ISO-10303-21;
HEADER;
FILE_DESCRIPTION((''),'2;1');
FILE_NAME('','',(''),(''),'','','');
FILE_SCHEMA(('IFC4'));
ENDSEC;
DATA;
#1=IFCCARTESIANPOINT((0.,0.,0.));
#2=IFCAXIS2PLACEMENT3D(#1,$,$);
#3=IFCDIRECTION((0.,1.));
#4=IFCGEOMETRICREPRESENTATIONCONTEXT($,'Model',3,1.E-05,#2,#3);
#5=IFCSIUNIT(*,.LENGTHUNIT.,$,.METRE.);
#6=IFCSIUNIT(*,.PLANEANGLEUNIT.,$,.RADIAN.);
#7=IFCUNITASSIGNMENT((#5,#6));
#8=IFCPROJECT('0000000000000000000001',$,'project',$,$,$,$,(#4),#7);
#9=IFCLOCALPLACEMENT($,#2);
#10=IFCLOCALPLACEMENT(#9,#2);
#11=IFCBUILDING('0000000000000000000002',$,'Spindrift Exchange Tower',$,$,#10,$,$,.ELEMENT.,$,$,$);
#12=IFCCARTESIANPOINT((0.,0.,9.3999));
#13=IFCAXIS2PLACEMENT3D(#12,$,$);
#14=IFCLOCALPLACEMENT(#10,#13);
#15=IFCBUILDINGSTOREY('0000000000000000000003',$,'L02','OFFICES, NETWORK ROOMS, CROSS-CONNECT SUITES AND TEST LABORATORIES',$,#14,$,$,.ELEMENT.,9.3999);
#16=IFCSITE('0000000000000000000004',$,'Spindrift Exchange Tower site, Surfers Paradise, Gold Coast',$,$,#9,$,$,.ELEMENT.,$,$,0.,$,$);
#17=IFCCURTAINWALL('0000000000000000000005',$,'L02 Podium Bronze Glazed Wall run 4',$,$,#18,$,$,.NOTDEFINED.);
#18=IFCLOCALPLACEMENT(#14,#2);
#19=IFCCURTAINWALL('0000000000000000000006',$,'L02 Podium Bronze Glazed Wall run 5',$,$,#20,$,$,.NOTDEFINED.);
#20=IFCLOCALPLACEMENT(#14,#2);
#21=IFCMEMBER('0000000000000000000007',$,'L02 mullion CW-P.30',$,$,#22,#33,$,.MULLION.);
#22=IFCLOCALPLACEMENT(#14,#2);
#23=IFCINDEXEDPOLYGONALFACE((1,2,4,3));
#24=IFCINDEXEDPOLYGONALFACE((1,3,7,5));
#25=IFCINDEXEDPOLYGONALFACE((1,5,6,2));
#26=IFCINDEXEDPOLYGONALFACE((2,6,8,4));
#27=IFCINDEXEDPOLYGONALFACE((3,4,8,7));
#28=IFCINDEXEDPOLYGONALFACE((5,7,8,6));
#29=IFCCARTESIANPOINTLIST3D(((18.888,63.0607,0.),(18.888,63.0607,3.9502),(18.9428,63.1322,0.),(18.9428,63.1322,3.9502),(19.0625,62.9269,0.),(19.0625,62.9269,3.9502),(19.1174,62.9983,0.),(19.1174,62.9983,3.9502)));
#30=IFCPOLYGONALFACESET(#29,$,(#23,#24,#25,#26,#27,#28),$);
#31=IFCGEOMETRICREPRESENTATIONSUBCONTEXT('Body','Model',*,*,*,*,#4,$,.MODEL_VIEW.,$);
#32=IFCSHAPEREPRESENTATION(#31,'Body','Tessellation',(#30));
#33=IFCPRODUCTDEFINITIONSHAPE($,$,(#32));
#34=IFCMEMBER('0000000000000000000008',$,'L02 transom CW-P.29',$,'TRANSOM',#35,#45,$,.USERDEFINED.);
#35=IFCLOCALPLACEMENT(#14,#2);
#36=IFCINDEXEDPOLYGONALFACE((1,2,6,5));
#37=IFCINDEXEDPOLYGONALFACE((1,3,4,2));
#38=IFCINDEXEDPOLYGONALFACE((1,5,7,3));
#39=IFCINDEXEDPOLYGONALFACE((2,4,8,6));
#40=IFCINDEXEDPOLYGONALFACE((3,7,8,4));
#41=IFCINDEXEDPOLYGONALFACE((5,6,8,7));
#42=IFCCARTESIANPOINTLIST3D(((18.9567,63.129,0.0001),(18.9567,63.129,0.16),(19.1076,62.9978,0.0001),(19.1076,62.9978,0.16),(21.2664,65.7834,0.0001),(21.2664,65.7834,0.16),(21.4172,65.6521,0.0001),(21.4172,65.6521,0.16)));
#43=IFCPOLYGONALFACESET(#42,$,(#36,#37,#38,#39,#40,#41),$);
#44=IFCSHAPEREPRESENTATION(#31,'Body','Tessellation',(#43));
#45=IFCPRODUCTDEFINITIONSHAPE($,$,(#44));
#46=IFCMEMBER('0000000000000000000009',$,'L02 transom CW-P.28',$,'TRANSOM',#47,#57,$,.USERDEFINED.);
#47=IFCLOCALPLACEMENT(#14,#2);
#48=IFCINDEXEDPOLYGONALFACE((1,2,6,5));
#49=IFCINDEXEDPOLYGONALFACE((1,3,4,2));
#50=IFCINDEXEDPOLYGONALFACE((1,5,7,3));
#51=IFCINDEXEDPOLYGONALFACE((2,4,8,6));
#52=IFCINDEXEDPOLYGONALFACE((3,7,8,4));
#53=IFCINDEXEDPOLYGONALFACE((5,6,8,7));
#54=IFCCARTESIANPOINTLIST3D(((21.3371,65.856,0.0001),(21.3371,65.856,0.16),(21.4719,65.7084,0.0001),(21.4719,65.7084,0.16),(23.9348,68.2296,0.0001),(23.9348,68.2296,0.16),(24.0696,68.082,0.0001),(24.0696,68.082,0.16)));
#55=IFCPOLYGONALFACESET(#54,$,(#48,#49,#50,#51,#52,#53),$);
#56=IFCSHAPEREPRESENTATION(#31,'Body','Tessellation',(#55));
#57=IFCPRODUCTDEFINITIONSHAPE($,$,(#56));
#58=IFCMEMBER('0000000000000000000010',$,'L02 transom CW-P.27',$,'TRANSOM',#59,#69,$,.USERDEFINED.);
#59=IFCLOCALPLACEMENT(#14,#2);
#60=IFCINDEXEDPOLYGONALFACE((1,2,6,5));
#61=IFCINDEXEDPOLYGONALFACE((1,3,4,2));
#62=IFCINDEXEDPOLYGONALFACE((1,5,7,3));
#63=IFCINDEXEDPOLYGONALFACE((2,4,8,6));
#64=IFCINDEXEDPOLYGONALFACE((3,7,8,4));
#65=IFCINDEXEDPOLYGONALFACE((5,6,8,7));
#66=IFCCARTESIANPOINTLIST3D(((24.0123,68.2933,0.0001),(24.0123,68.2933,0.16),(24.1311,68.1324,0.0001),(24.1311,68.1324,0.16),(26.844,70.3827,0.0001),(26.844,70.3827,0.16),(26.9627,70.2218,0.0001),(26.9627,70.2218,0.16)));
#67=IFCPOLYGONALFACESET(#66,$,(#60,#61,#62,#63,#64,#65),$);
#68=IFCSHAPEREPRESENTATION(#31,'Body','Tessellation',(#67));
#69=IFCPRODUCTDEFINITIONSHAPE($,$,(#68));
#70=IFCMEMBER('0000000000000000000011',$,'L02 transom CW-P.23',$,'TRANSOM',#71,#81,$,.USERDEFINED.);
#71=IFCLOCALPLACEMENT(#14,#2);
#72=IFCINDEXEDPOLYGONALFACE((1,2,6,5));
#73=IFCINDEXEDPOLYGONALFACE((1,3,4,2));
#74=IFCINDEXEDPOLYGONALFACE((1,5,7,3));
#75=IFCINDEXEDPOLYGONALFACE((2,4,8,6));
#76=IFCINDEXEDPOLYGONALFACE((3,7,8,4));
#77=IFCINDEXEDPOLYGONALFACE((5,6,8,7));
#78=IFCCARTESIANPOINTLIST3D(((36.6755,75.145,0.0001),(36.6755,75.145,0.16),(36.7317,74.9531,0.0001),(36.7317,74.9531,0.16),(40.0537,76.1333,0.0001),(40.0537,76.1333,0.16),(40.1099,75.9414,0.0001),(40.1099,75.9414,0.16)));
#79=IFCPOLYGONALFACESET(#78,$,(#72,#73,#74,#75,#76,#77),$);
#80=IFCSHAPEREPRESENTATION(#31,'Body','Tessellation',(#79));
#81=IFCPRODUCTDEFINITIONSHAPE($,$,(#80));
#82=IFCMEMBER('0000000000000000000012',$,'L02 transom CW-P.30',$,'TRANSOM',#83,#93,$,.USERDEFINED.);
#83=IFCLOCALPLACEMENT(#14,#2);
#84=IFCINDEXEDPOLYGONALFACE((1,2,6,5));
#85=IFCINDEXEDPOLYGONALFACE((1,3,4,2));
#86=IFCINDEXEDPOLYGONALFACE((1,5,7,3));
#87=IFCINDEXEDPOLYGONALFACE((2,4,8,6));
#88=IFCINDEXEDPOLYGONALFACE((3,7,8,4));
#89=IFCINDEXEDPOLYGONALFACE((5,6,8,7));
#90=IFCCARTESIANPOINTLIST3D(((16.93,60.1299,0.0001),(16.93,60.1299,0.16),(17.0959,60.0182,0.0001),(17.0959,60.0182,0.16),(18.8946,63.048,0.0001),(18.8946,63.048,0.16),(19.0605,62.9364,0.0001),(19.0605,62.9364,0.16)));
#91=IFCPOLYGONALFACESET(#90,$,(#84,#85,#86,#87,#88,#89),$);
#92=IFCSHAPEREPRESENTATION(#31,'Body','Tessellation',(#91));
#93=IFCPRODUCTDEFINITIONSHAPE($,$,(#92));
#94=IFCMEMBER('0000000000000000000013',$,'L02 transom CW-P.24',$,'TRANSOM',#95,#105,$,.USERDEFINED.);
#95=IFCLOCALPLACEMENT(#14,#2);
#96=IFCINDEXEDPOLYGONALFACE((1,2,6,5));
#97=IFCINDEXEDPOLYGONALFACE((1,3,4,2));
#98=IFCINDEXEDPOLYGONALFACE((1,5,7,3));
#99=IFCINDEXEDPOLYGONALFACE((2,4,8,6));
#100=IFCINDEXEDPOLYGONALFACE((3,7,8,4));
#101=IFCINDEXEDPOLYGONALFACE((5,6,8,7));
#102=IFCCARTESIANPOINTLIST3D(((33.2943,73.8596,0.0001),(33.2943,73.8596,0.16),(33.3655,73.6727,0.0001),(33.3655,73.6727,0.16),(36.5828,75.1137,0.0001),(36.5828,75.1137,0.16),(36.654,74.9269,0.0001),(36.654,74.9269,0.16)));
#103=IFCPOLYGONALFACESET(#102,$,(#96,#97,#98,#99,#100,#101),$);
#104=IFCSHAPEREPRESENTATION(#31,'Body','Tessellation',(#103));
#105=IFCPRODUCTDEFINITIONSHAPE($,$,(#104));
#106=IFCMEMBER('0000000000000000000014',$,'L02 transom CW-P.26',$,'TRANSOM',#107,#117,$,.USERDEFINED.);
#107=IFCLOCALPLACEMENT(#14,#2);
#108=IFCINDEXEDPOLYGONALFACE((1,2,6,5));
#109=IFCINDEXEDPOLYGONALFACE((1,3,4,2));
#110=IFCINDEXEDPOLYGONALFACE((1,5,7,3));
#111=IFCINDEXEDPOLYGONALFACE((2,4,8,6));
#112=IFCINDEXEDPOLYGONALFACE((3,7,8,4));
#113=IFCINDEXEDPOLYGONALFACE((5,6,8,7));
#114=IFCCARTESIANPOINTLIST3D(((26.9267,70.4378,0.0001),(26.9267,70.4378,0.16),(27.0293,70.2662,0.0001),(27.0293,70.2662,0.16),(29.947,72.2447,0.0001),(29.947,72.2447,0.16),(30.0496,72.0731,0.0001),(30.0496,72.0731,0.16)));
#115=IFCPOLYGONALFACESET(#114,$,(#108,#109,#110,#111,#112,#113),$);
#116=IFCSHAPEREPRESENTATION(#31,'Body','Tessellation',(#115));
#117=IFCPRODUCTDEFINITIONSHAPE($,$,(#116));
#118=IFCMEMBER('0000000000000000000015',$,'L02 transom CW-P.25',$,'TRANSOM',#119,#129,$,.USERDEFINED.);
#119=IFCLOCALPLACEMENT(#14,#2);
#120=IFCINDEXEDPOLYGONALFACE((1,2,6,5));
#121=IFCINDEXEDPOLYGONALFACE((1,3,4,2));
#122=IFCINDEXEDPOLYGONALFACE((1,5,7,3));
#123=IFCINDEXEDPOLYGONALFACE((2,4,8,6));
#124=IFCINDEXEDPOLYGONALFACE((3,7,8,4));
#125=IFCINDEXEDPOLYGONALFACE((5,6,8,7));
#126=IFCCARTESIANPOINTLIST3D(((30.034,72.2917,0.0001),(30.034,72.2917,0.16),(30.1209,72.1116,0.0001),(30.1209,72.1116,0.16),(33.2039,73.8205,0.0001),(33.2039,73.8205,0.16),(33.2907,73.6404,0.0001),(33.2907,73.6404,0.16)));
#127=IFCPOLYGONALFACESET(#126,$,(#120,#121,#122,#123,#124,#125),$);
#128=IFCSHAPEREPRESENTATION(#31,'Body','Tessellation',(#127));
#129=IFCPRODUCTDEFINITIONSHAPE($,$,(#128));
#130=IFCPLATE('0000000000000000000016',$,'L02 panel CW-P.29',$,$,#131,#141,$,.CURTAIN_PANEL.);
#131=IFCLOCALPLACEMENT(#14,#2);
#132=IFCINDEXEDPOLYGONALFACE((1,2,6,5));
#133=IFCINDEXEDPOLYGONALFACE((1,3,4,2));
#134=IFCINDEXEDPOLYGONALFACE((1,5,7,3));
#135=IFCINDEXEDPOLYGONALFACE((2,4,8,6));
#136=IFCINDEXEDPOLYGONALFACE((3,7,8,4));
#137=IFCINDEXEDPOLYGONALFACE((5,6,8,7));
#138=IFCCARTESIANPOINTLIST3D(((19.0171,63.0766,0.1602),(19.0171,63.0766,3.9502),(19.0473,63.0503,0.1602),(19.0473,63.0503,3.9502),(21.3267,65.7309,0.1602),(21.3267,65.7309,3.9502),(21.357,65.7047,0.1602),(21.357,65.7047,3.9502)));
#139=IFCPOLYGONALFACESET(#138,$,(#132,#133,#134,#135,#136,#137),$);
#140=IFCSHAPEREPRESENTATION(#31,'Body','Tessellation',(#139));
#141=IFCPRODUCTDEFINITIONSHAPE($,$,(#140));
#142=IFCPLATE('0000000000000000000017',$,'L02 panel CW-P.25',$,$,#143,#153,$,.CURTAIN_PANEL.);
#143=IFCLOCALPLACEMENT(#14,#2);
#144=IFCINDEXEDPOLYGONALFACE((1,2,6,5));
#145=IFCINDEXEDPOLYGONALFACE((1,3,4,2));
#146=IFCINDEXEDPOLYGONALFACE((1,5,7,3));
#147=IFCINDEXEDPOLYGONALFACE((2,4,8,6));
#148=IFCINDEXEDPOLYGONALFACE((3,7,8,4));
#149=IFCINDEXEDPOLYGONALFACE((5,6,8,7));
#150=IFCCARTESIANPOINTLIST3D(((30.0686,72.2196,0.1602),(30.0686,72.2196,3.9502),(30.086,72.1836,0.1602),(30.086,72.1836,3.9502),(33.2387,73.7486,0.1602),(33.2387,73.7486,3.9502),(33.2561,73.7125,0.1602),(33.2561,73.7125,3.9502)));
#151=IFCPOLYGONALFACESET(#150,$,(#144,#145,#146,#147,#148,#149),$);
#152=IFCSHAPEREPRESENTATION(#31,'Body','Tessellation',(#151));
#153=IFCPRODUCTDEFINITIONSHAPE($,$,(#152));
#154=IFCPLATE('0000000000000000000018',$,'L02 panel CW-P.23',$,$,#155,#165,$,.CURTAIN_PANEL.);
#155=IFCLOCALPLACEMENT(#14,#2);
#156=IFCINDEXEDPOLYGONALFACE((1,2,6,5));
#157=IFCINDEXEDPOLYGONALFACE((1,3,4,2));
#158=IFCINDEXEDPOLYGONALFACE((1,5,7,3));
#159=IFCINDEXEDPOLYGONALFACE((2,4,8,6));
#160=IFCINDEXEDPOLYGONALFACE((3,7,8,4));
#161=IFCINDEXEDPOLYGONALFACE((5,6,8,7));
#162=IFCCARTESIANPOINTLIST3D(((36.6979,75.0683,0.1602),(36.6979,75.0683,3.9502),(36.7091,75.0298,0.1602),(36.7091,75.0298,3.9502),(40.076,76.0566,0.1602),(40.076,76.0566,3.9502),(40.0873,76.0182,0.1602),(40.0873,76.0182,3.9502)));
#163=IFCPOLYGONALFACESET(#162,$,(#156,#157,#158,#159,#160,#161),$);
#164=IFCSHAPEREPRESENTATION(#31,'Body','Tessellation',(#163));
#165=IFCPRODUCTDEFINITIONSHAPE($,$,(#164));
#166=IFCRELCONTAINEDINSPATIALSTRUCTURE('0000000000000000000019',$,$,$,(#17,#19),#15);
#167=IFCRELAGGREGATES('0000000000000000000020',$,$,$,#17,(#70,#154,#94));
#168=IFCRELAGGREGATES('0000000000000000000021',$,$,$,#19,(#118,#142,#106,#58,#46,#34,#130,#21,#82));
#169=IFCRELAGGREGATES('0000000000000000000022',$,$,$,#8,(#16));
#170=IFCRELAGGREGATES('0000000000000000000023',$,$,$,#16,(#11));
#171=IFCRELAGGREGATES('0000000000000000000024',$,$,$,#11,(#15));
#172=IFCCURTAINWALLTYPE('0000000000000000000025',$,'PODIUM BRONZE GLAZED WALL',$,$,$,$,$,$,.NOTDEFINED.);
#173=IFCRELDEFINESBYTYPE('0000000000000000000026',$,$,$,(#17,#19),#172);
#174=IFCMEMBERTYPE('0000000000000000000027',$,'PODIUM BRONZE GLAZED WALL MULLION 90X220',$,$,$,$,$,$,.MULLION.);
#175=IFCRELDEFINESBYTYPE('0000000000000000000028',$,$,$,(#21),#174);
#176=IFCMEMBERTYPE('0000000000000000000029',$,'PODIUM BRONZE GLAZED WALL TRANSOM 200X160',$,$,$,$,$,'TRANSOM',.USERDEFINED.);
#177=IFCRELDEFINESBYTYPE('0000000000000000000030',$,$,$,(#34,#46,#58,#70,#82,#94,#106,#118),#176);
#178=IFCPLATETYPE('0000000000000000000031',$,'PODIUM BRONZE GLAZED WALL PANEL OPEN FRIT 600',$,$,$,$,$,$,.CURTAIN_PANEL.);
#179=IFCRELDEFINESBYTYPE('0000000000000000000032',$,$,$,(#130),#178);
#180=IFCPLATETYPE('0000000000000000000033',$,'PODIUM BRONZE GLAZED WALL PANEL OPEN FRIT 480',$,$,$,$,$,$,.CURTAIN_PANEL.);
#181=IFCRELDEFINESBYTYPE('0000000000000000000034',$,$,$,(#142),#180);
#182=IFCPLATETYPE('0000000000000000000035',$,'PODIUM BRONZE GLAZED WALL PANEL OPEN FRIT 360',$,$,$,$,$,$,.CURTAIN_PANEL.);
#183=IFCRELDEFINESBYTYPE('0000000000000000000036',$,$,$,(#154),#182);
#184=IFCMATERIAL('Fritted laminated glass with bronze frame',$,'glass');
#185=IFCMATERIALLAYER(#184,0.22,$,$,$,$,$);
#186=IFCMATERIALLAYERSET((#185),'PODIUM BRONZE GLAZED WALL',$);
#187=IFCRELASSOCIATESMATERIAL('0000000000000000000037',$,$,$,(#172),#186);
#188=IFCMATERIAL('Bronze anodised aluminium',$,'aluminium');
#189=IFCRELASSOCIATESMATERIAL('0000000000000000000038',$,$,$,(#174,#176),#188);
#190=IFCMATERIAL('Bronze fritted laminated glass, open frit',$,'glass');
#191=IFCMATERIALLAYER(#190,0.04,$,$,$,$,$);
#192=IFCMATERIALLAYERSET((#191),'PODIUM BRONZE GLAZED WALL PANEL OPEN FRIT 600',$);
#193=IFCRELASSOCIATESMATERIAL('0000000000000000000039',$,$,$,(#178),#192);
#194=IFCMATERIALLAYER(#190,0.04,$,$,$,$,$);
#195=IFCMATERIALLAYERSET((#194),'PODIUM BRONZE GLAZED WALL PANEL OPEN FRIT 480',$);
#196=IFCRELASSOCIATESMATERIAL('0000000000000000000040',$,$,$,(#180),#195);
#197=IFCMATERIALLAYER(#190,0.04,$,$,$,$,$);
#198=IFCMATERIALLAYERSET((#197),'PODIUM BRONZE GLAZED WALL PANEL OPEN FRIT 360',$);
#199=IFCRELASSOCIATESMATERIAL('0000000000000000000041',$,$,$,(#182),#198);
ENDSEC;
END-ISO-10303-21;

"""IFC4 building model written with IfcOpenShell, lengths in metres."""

from ifc_helpers import new_model, si_unit, direction, frame, origin, origin_2d, place, context, subcontext, project, spatial, rectangle, extrude, source, transform, mapped, material, layer, layer_set, material_profile, profile_set, type_object, element, aggregate, save


model = new_model("IFC4")

# Units and contexts
model_context = context("Model", 3, precision=1e-05, world=origin(), true_north=direction((0.0, 1.0)))
body_context = subcontext(model_context, "Body", "Model", "MODEL_VIEW")
ifc_project = project(units=[si_unit("LENGTHUNIT", "METRE"), si_unit("PLANEANGLEUNIT", "RADIAN")], contexts=[model_context])

# Site, building, storey
site_placement = place(None, origin())
site = spatial("IfcSite", under=ifc_project, at=site_placement, Name="Spindrift Exchange Tower site, Surfers Paradise, Gold Coast", CompositionType="ELEMENT", RefElevation=0.0)
building_placement = place(site_placement, origin())
building = spatial("IfcBuilding", under=site, at=building_placement, Name="Spindrift Exchange Tower", CompositionType="ELEMENT")
storey_placement = place(building_placement, frame((0.0, 0.0, 9.3999)))
storey = spatial("IfcBuildingStorey", under=building, at=storey_placement, Name="L02", Description="OFFICES, NETWORK ROOMS, CROSS-CONNECT SUITES AND TEST LABORATORIES", CompositionType="ELEMENT", Elevation=9.3999)

# Curtain walls, members
ifc_material_1 = material(Name="Fritted laminated glass with bronze frame", Category="glass")
ifc_layer_1 = layer(ifc_material_1, 0.22)
ifc_layer_set_1 = layer_set([ifc_layer_1], Name="PODIUM BRONZE GLAZED WALL")
curtain_wall_type = type_object("IfcCurtainWallType", Name="PODIUM BRONZE GLAZED WALL", PredefinedType="NOTDEFINED", material=ifc_layer_set_1)
curtain_wall_1_placement = place(storey_placement, origin())
curtain_wall_1 = element("IfcCurtainWall", 1, at=curtain_wall_1_placement, inside=storey, type_object=curtain_wall_type, Name="L02 Podium Bronze Glazed Wall run 4", PredefinedType="NOTDEFINED")
ifc_material_2 = material(Name="Bronze anodised aluminium", Category="aluminium")
ifc_material_profile_1 = material_profile(ifc_material_2, rectangle(XDim=0.0901, YDim=0.22, at=origin_2d()), Name="PODIUM BRONZE GLAZED WALL MULLION 90X220")
ifc_profile_set_1 = profile_set([ifc_material_profile_1], Name="Bronze anodised aluminium")
member_type_1 = type_object("IfcMemberType", Name="PODIUM BRONZE GLAZED WALL MULLION 90X220", PredefinedType="MULLION", material=ifc_profile_set_1)
shared_shape_1 = source(origin(), body_context, "Body", "SweptSolid", [
    extrude(rectangle(XDim=0.0901, YDim=0.22, at=origin_2d()), origin(), (0.0, 0.0, 1.0), 3.9502),
])
curtain_wall_2_placement = place(storey_placement, origin())
curtain_wall_2 = element("IfcCurtainWall", 2, at=curtain_wall_2_placement, inside=storey, type_object=curtain_wall_type, Name="L02 Podium Bronze Glazed Wall run 5", PredefinedType="NOTDEFINED")
member_1_placement = place(storey_placement, frame((19.0027, 63.0295, 0.0), z_axis=(0.0, 0.0, 1.0), x_axis=(-0.608599, -0.793478, 0.0)))
member_1 = element("IfcMember", 3, at=member_1_placement, type_object=member_type_1, Name="L02 mullion CW-P.30", PredefinedType="MULLION", context=body_context, shape_type="MappedRepresentation", body=[
    mapped(shared_shape_1, transform((0.0, 0.0, 0.0), scale=1.0)),
])
ifc_material_profile_2 = material_profile(ifc_material_2, rectangle(XDim=0.2, YDim=0.1599, at=origin_2d()), Name="PODIUM BRONZE GLAZED WALL TRANSOM 200X160")
ifc_profile_set_2 = profile_set([ifc_material_profile_2], Name="Bronze anodised aluminium")
member_type_2 = type_object("IfcMemberType", Name="PODIUM BRONZE GLAZED WALL TRANSOM 200X160", ElementType="TRANSOM", PredefinedType="USERDEFINED", material=ifc_profile_set_2)
shared_shape_2 = source(origin(), body_context, "Body", "SweptSolid", [
    extrude(rectangle(XDim=0.2, YDim=0.1599, at=origin_2d()), origin(), (0.0, 0.0, 1.0), 3.5186),
])
member_2_placement = place(storey_placement, frame((21.3418, 65.7178, 0.0801), z_axis=(-0.656419, -0.754396, 0.0), x_axis=(0.754396, -0.656419, 0.0)))
member_2 = element("IfcMember", 4, at=member_2_placement, type_object=member_type_2, Name="L02 transom CW-P.29", ObjectType="TRANSOM", PredefinedType="USERDEFINED", context=body_context, shape_type="MappedRepresentation", body=[
    mapped(shared_shape_2, transform((0.0, 0.0, 0.0), scale=1.0)),
])
shared_shape_3 = source(origin(), body_context, "Body", "SweptSolid", [
    extrude(rectangle(XDim=0.2, YDim=0.1599, at=origin_2d()), origin(), (0.0, 0.0, 1.0), 3.5188),
])
member_3_placement = place(storey_placement, frame((24.0022, 68.1558, 0.0801), z_axis=(-0.738236, -0.674542, 0.0), x_axis=(0.674542, -0.738236, 0.0)))
member_3 = element("IfcMember", 5, at=member_3_placement, type_object=member_type_2, Name="L02 transom CW-P.28", ObjectType="TRANSOM", PredefinedType="USERDEFINED", context=body_context, shape_type="MappedRepresentation", body=[
    mapped(shared_shape_3, transform((0.0, 0.0, 0.0), scale=1.0)),
])
shared_shape_4 = source(origin(), body_context, "Body", "SweptSolid", [
    extrude(rectangle(XDim=0.2, YDim=0.1599, at=origin_2d()), origin(), (0.0, 0.0, 1.0), 3.519),
])
member_4_placement = place(storey_placement, frame((26.9033, 70.3022, 0.0801), z_axis=(-0.804655, -0.593743, 0.0), x_axis=(0.593743, -0.804655, 0.0)))
member_4 = element("IfcMember", 6, at=member_4_placement, type_object=member_type_2, Name="L02 transom CW-P.27", ObjectType="TRANSOM", PredefinedType="USERDEFINED", context=body_context, shape_type="MappedRepresentation", body=[
    mapped(shared_shape_4, transform((0.0, 0.0, 0.0), scale=1.0)),
])

# Members
shared_shape_5 = source(origin(), body_context, "Body", "SweptSolid", [
    extrude(rectangle(XDim=0.2, YDim=0.1599, at=origin_2d()), origin(), (0.0, 0.0, 1.0), 3.5198),
])
member_5_placement = place(storey_placement, frame((40.0818, 76.0374, 0.0801), z_axis=(-0.959772, -0.28078, 0.0), x_axis=(0.28078, -0.959772, 0.0)))
member_5 = element("IfcMember", 7, at=member_5_placement, type_object=member_type_2, Name="L02 transom CW-P.23", ObjectType="TRANSOM", PredefinedType="USERDEFINED", context=body_context, shape_type="MappedRepresentation", body=[
    mapped(shared_shape_5, transform((0.0, 0.0, 0.0), scale=1.0)),
])
shared_shape_6 = source(origin(), body_context, "Body", "SweptSolid", [
    extrude(rectangle(XDim=0.2, YDim=0.1599, at=origin_2d()), origin(), (0.0, 0.0, 1.0), 3.5178),
])
member_6_placement = place(storey_placement, frame((18.9775, 62.9922, 0.0801), z_axis=(-0.558458, -0.829533, 0.0), x_axis=(0.829533, -0.558458, 0.0)))
member_6 = element("IfcMember", 8, at=member_6_placement, type_object=member_type_2, Name="L02 transom CW-P.30", ObjectType="TRANSOM", PredefinedType="USERDEFINED", context=body_context, shape_type="MappedRepresentation", body=[
    mapped(shared_shape_6, transform((0.0, 0.0, 0.0), scale=1.0)),
])
shared_shape_7 = source(origin(), body_context, "Body", "SweptSolid", [
    extrude(rectangle(XDim=0.2, YDim=0.1599, at=origin_2d()), origin(), (0.0, 0.0, 1.0), 3.5195),
])
member_7_placement = place(storey_placement, frame((36.6184, 75.0203, 0.0801), z_axis=(-0.934359, -0.356333, 0.0), x_axis=(0.356333, -0.934359, 0.0)))
member_7 = element("IfcMember", 9, at=member_7_placement, type_object=member_type_2, Name="L02 transom CW-P.24", ObjectType="TRANSOM", PredefinedType="USERDEFINED", context=body_context, shape_type="MappedRepresentation", body=[
    mapped(shared_shape_7, transform((0.0, 0.0, 0.0), scale=1.0)),
])
member_8_placement = place(storey_placement, frame((29.9983, 72.1589, 0.0801), z_axis=(-0.858153, -0.513394, 0.0), x_axis=(0.513394, -0.858153, 0.0)))
member_8 = element("IfcMember", 10, at=member_8_placement, type_object=member_type_2, Name="L02 transom CW-P.26", ObjectType="TRANSOM", PredefinedType="USERDEFINED", context=body_context, shape_type="MappedRepresentation", body=[
    mapped(shared_shape_7, transform((0.0, 0.0, 0.0), scale=1.0)),
])
shared_shape_8 = source(origin(), body_context, "Body", "SweptSolid", [
    extrude(rectangle(XDim=0.2, YDim=0.1599, at=origin_2d()), origin(), (0.0, 0.0, 1.0), 3.5193),
])
member_9_placement = place(storey_placement, frame((33.2473, 73.7305, 0.0801), z_axis=(-0.900718, -0.434404, 0.0), x_axis=(0.434404, -0.900718, 0.0)))
member_9 = element("IfcMember", 11, at=member_9_placement, type_object=member_type_2, Name="L02 transom CW-P.25", ObjectType="TRANSOM", PredefinedType="USERDEFINED", context=body_context, shape_type="MappedRepresentation", body=[
    mapped(shared_shape_8, transform((0.0, 0.0, 0.0), scale=1.0)),
])

# Plates
ifc_material_3 = material(Name="Bronze fritted laminated glass, open frit", Category="glass")
ifc_layer_2 = layer(ifc_material_3, 0.04)
ifc_layer_set_2 = layer_set([ifc_layer_2], Name="PODIUM BRONZE GLAZED WALL PANEL OPEN FRIT 600")
plate_type_1 = type_object("IfcPlateType", Name="PODIUM BRONZE GLAZED WALL PANEL OPEN FRIT 600", PredefinedType="CURTAIN_PANEL", material=ifc_layer_set_2)
shared_shape_9 = source(origin(), body_context, "Body", "SweptSolid", [
    extrude(rectangle(XDim=3.5186, YDim=0.04, at=origin_2d()), origin(), (0.0, 0.0, 1.0), 3.79),
])
plate_1_placement = place(storey_placement, frame((20.187, 64.3906, 0.1602), z_axis=(0.0, 0.0, 1.0), x_axis=(-0.656426, -0.75439, 0.0)))
plate_1 = element("IfcPlate", 12, at=plate_1_placement, type_object=plate_type_1, Name="L02 panel CW-P.29", PredefinedType="CURTAIN_PANEL", context=body_context, shape_type="MappedRepresentation", body=[
    mapped(shared_shape_9, transform((0.0, 0.0, 0.0), scale=1.0)),
])
ifc_layer_3 = layer(ifc_material_3, 0.04)
ifc_layer_set_3 = layer_set([ifc_layer_3], Name="PODIUM BRONZE GLAZED WALL PANEL OPEN FRIT 480")
plate_type_2 = type_object("IfcPlateType", Name="PODIUM BRONZE GLAZED WALL PANEL OPEN FRIT 480", PredefinedType="CURTAIN_PANEL", material=ifc_layer_set_3)
shared_shape_10 = source(origin(), body_context, "Body", "SweptSolid", [
    extrude(rectangle(XDim=3.5195, YDim=0.04, at=origin_2d()), origin(), (0.0, 0.0, 1.0), 3.79),
])
plate_2_placement = place(storey_placement, frame((31.6624, 72.9661, 0.1602), z_axis=(0.0, 0.0, 1.0), x_axis=(-0.900714, -0.434412, 0.0)))
plate_2 = element("IfcPlate", 13, at=plate_2_placement, type_object=plate_type_2, Name="L02 panel CW-P.25", PredefinedType="CURTAIN_PANEL", context=body_context, shape_type="MappedRepresentation", body=[
    mapped(shared_shape_10, transform((0.0, 0.0, 0.0), scale=1.0)),
])
ifc_layer_4 = layer(ifc_material_3, 0.04)
ifc_layer_set_4 = layer_set([ifc_layer_4], Name="PODIUM BRONZE GLAZED WALL PANEL OPEN FRIT 360")
plate_type_3 = type_object("IfcPlateType", Name="PODIUM BRONZE GLAZED WALL PANEL OPEN FRIT 360", PredefinedType="CURTAIN_PANEL", material=ifc_layer_set_4)
shared_shape_11 = source(origin(), body_context, "Body", "SweptSolid", [
    extrude(rectangle(XDim=3.5198, YDim=0.04, at=origin_2d()), origin(), (0.0, 0.0, 1.0), 3.79),
])
plate_3_placement = place(storey_placement, frame((38.3926, 75.5432, 0.1602), z_axis=(0.0, 0.0, 1.0), x_axis=(-0.959767, -0.280797, 0.0)))
plate_3 = element("IfcPlate", 14, at=plate_3_placement, type_object=plate_type_3, Name="L02 panel CW-P.23", PredefinedType="CURTAIN_PANEL", context=body_context, shape_type="MappedRepresentation", body=[
    mapped(shared_shape_11, transform((0.0, 0.0, 0.0), scale=1.0)),
])
aggregate(curtain_wall_1, [member_5, plate_3, member_7])
aggregate(curtain_wall_2, [member_9, plate_2, member_8, member_4, member_3, member_2, plate_1, member_1, member_6])

save(model, "model.ifc")
